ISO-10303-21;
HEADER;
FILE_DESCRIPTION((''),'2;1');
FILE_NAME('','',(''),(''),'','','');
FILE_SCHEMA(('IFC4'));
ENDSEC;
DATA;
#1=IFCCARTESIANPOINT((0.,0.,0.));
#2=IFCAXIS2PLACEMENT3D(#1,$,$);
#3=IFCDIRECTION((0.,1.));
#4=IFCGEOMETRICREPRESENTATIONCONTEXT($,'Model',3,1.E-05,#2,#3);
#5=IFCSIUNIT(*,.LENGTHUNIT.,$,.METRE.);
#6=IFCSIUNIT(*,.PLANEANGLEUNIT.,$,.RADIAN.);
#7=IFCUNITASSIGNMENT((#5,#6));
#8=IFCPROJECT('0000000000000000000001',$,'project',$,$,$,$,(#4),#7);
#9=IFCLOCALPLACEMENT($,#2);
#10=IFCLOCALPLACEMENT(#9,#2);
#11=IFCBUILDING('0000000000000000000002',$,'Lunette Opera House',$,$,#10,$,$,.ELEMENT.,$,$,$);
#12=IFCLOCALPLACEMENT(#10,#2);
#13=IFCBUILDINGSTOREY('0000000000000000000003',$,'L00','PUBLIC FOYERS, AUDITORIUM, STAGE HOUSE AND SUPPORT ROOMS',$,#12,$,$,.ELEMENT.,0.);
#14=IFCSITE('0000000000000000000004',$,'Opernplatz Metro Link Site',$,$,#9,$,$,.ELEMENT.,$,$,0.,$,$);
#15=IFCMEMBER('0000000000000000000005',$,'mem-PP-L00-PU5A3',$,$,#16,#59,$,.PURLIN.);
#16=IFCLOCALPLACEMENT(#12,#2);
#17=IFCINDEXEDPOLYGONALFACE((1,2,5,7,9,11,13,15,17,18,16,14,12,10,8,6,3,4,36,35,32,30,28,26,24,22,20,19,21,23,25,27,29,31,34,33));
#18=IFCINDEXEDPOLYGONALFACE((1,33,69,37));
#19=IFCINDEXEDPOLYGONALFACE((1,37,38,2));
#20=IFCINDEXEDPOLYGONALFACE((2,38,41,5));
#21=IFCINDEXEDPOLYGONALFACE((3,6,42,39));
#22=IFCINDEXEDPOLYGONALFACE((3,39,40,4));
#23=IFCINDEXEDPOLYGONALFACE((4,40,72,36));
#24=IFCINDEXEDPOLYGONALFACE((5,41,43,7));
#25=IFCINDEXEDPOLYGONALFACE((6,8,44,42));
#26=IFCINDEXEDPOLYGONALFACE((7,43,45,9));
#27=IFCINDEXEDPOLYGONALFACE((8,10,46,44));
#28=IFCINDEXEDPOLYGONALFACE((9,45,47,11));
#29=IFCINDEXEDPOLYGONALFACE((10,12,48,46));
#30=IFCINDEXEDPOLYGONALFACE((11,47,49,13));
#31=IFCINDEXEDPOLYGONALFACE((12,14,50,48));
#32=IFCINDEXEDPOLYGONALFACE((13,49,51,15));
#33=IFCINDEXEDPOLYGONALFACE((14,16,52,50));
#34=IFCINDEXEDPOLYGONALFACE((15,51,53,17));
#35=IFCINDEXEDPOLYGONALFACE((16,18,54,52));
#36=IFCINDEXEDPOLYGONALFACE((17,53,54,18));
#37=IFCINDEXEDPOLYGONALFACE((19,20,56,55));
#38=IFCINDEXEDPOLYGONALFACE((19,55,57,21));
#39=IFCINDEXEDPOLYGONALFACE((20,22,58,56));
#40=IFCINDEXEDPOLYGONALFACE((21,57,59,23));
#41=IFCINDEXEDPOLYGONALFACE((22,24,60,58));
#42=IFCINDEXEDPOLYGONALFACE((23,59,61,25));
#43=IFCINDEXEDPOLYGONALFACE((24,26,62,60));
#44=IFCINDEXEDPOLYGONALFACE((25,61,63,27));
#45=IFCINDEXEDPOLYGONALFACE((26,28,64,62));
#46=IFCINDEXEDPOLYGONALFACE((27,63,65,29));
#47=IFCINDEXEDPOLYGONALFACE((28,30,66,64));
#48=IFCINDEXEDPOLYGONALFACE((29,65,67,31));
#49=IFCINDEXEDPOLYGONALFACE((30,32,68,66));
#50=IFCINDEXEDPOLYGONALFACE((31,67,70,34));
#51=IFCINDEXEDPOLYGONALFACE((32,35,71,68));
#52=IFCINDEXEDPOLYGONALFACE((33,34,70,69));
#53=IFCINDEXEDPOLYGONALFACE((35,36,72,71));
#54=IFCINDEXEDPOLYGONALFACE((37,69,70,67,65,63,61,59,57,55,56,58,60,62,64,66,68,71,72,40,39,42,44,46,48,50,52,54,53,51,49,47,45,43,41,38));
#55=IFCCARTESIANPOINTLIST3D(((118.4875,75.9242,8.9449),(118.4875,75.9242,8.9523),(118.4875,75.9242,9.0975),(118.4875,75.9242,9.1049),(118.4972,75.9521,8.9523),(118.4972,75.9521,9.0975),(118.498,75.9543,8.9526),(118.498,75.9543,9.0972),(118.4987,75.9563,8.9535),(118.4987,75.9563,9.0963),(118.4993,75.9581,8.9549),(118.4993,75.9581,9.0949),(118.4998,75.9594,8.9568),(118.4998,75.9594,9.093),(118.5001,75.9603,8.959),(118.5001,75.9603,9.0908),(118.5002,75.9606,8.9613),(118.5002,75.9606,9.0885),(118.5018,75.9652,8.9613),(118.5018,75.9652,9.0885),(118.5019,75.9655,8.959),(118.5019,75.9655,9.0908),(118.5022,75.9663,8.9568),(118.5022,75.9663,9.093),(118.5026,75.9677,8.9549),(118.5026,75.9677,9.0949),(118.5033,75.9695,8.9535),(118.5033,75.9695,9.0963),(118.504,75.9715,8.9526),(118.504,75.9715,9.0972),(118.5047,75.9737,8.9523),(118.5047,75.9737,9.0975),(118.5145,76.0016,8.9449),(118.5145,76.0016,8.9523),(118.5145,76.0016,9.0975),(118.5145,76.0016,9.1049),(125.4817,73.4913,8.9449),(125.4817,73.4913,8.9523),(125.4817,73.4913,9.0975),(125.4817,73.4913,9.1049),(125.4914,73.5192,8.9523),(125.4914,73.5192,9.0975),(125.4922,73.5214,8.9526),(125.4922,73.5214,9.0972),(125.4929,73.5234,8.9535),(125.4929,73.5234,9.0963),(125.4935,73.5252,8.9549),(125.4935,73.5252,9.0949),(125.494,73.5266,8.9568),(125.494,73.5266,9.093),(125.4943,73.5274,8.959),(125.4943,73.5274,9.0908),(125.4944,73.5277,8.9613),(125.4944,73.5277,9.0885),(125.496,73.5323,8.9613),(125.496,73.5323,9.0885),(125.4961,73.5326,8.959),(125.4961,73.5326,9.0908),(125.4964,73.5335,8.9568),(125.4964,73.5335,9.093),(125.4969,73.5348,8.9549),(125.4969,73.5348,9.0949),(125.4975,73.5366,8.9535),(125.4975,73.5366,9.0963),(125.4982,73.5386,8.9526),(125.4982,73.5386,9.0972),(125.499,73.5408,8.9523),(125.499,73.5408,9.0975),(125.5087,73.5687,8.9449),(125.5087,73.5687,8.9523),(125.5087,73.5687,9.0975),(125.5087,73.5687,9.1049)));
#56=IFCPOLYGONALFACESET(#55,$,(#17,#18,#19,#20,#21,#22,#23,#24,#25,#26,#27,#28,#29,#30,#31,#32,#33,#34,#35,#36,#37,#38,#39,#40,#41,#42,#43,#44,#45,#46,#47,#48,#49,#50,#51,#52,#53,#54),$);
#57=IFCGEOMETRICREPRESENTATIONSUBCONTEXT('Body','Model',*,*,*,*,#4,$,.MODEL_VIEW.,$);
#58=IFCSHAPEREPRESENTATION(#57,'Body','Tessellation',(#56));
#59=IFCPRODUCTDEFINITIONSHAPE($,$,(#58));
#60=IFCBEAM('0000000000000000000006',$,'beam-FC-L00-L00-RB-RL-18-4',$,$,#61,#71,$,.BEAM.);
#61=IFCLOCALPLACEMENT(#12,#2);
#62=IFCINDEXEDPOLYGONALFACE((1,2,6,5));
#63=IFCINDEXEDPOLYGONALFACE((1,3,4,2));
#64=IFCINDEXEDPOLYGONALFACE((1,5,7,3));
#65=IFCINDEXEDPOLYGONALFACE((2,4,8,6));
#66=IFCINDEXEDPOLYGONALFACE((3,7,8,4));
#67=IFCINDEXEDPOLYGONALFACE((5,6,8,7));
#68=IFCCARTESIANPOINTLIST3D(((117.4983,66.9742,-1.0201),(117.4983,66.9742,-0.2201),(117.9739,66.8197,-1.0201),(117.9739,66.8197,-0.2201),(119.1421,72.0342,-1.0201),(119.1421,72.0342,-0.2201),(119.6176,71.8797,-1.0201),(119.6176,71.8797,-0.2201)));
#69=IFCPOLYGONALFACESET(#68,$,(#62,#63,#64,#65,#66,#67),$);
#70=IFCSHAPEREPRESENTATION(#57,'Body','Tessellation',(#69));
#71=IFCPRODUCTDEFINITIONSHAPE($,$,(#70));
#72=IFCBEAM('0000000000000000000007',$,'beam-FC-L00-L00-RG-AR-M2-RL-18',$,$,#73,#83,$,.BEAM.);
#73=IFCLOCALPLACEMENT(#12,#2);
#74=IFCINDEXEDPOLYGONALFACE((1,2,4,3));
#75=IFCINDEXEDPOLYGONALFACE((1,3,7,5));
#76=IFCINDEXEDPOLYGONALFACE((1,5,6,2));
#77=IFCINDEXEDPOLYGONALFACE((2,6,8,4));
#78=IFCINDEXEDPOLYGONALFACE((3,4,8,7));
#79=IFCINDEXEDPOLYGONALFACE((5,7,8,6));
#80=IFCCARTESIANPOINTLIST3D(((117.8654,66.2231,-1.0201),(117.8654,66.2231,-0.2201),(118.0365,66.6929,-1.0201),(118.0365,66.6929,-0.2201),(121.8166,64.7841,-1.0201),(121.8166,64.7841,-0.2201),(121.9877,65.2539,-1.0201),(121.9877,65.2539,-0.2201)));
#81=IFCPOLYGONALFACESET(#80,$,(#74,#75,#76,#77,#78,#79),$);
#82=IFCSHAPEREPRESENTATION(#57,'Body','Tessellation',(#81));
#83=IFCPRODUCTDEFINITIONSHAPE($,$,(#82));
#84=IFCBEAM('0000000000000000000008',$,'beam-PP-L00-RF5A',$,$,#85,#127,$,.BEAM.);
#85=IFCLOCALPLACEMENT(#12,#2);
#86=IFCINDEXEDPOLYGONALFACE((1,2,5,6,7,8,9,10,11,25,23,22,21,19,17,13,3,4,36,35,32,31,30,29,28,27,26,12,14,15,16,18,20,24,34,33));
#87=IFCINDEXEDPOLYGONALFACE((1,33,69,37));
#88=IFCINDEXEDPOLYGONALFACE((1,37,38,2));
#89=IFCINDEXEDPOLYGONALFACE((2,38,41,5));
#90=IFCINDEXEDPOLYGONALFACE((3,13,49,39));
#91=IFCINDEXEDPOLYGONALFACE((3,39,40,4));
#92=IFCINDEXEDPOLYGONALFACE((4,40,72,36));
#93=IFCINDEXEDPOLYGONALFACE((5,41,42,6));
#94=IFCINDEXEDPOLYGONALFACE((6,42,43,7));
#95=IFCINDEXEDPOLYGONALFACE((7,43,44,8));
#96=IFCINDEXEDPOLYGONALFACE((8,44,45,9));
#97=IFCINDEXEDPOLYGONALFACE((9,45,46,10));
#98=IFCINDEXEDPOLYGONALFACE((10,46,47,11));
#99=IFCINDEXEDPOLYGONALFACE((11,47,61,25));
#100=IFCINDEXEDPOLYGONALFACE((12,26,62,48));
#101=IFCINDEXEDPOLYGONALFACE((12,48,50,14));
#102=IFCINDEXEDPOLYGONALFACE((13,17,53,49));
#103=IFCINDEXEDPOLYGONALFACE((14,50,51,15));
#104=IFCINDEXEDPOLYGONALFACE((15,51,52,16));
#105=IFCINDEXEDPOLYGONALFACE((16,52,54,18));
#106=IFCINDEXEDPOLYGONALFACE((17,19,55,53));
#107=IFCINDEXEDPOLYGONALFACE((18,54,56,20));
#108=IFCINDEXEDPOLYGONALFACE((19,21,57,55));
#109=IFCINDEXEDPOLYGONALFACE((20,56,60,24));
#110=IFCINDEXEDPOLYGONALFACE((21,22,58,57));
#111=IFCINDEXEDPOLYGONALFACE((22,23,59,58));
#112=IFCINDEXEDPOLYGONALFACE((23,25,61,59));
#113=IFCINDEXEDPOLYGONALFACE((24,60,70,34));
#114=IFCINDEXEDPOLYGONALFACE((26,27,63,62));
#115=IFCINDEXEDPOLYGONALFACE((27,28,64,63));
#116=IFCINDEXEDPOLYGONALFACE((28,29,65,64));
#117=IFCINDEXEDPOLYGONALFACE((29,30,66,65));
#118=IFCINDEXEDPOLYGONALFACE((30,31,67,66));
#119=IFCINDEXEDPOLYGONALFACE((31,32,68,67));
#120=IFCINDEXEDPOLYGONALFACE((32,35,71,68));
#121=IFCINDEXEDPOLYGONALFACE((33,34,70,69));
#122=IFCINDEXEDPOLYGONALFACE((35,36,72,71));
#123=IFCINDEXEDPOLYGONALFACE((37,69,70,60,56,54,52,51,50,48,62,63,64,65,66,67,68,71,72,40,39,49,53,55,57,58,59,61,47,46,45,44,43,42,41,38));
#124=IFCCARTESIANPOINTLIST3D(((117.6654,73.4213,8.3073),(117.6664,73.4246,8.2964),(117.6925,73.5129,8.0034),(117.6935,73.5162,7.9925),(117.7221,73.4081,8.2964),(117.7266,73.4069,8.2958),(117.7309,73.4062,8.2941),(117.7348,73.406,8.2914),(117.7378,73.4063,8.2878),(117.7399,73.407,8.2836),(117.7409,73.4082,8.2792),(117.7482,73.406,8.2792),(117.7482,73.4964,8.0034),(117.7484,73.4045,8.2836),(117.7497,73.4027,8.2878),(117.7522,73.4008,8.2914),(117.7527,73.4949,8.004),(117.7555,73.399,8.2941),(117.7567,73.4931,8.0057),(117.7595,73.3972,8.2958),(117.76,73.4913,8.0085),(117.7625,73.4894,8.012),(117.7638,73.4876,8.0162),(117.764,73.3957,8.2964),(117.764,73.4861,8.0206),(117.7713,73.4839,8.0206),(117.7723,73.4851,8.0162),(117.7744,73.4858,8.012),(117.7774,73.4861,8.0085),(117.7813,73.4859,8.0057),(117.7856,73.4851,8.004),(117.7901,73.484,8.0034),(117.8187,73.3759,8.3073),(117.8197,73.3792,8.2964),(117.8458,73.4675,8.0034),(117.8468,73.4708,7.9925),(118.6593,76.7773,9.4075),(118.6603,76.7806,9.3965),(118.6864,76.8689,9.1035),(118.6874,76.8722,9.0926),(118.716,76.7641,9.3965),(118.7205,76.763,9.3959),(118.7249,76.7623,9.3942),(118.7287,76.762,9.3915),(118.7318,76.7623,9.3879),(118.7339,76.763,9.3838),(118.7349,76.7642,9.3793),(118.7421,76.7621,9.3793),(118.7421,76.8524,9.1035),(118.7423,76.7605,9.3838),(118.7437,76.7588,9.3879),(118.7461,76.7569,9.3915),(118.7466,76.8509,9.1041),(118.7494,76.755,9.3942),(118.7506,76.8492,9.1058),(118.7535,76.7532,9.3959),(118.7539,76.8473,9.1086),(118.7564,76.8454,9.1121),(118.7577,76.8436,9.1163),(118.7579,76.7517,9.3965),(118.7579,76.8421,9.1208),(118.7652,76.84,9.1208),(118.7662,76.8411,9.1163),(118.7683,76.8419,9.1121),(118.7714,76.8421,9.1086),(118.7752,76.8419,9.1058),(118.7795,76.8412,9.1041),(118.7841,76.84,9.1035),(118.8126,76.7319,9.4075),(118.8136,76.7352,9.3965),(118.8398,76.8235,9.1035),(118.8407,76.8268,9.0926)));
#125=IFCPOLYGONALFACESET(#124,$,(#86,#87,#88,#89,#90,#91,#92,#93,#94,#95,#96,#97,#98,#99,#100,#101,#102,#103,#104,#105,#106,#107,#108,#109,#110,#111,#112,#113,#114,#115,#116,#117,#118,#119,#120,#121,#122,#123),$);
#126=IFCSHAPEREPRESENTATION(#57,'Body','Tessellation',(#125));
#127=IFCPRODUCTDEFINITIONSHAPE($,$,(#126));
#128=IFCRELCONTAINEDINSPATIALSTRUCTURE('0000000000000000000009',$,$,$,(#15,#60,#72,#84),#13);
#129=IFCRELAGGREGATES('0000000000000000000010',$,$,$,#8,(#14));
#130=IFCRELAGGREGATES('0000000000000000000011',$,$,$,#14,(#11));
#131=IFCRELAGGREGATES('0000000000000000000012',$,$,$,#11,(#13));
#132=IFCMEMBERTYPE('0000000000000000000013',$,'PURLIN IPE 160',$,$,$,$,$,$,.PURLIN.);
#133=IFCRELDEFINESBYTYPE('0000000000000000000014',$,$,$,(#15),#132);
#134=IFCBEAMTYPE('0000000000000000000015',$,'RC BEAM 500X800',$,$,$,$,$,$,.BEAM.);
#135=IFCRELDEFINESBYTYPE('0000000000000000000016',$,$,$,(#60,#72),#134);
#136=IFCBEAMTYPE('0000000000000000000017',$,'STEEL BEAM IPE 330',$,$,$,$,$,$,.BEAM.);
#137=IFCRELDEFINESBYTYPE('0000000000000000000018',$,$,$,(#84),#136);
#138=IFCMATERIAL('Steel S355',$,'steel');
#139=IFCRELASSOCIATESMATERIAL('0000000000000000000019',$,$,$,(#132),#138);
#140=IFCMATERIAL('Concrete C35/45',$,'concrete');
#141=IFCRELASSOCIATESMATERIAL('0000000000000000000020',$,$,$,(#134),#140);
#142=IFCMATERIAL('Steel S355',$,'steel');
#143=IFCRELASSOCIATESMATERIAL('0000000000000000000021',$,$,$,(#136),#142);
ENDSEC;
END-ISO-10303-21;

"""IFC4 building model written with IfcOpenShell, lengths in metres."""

from ifc_helpers import new_model, si_unit, direction, frame, origin, origin_2d, place, context, subcontext, project, spatial, rectangle, i_section, extrude, material, material_profile, profile_set, type_object, element, save


model = new_model("IFC4")

# Units and contexts
model_context = context("Model", 3, precision=1e-05, world=origin(), true_north=direction((0.0, 1.0)))
body_context = subcontext(model_context, "Body", "Model", "MODEL_VIEW")
ifc_project = project(units=[si_unit("LENGTHUNIT", "METRE"), si_unit("PLANEANGLEUNIT", "RADIAN")], contexts=[model_context])

# Site, building, storey
site_placement = place(None, origin())
site = spatial("IfcSite", under=ifc_project, at=site_placement, Name="Opernplatz Metro Link Site", CompositionType="ELEMENT", RefElevation=0.0)
building_placement = place(site_placement, origin())
building = spatial("IfcBuilding", under=site, at=building_placement, Name="Lunette Opera House", CompositionType="ELEMENT")
storey_placement = place(building_placement, origin())
storey = spatial("IfcBuildingStorey", under=building, at=storey_placement, Name="L00", Description="PUBLIC FOYERS, AUDITORIUM, STAGE HOUSE AND SUPPORT ROOMS", CompositionType="ELEMENT", Elevation=0.0)

# Member
ifc_material_1 = material(Name="Steel S355", Category="steel")
ifc_material_profile_1 = material_profile(ifc_material_1, i_section(OverallWidth=0.082, OverallDepth=0.1599, WebThickness=0.0049, FlangeThickness=0.0073, FilletRadius=0.009, at=origin_2d()), Name="IPE 160")
ifc_profile_set_1 = profile_set([ifc_material_profile_1], Name="Steel S355")
member_type_1 = type_object("IfcMemberType", Name="PURLIN IPE 160", PredefinedType="PURLIN", material=ifc_profile_set_1)
member_1_placement = place(storey_placement, frame((118.501, 75.9629, 9.0249), z_axis=(0.944492, -0.328535, 0.0), x_axis=(0.328535, 0.944492, 0.0)))
element("IfcMember", 1, at=member_1_placement, inside=storey, type_object=member_type_1, Name="mem-PP-L00-PU5A3", PredefinedType="PURLIN", context=body_context, shape_type="SweptSolid", body=[
    extrude(i_section(OverallWidth=0.082, OverallDepth=0.1599, WebThickness=0.0049, FlangeThickness=0.0073, FilletRadius=0.009, at=origin_2d()), origin(), (0.0, 0.0, 1.0), 7.4053),
])

# Beams
ifc_material_2 = material(Name="Concrete C35/45", Category="concrete")
ifc_material_profile_2 = material_profile(ifc_material_2, rectangle(XDim=0.5, YDim=0.8, at=origin_2d()), Name="RC BEAM 500X800")
ifc_profile_set_2 = profile_set([ifc_material_profile_2], Name="Concrete C35/45")
beam_type_1 = type_object("IfcBeamType", Name="RC BEAM 500X800", PredefinedType="BEAM", material=ifc_profile_set_2)
beam_1_placement = place(storey_placement, frame((117.7361, 66.897, -0.6201), z_axis=(0.308964, 0.951074, 0.0), x_axis=(-0.951074, 0.308964, 0.0)))
element("IfcBeam", 2, at=beam_1_placement, inside=storey, type_object=beam_type_1, Name="beam-FC-L00-L00-RB-RL-18-4", PredefinedType="BEAM", context=body_context, shape_type="SweptSolid", body=[
    extrude(rectangle(XDim=0.5, YDim=0.8, at=origin_2d()), origin(), (0.0, 0.0, 1.0), 5.3203),
])
beam_2_placement = place(storey_placement, frame((117.9509, 66.458, -0.6201), z_axis=(0.939627, -0.3422, 0.0), x_axis=(0.3422, 0.939627, 0.0)))
element("IfcBeam", 3, at=beam_2_placement, inside=storey, type_object=beam_type_1, Name="beam-FC-L00-L00-RG-AR-M2-RL-18", PredefinedType="BEAM", context=body_context, shape_type="SweptSolid", body=[
    extrude(rectangle(XDim=0.5, YDim=0.8, at=origin_2d()), origin(), (0.0, 0.0, 1.0), 4.2051),
])
ifc_material_3 = material(Name="Steel S355", Category="steel")
ifc_material_profile_3 = material_profile(ifc_material_3, i_section(OverallWidth=0.1599, OverallDepth=0.3301, WebThickness=0.0076, FlangeThickness=0.0115, FilletRadius=0.0181, at=origin_2d()), Name="IPE 330")
ifc_profile_set_3 = profile_set([ifc_material_profile_3], Name="Steel S355")
beam_type_2 = type_object("IfcBeamType", Name="STEEL BEAM IPE 330", PredefinedType="BEAM", material=ifc_profile_set_3)
beam_3_placement = place(storey_placement, frame((117.7561, 73.446, 8.1499), z_axis=(0.270901, 0.914715, 0.299848), x_axis=(-0.958834, 0.283967, 0.0)))
element("IfcBeam", 4, at=beam_3_placement, inside=storey, type_object=beam_type_2, Name="beam-PP-L00-RF5A", PredefinedType="BEAM", context=body_context, shape_type="SweptSolid", body=[
    extrude(i_section(OverallWidth=0.1599, OverallDepth=0.3301, WebThickness=0.0076, FlangeThickness=0.0115, FilletRadius=0.0181, at=origin_2d()), origin(), (0.0, 0.0, 1.0), 3.6689),
])

save(model, "model.ifc")
